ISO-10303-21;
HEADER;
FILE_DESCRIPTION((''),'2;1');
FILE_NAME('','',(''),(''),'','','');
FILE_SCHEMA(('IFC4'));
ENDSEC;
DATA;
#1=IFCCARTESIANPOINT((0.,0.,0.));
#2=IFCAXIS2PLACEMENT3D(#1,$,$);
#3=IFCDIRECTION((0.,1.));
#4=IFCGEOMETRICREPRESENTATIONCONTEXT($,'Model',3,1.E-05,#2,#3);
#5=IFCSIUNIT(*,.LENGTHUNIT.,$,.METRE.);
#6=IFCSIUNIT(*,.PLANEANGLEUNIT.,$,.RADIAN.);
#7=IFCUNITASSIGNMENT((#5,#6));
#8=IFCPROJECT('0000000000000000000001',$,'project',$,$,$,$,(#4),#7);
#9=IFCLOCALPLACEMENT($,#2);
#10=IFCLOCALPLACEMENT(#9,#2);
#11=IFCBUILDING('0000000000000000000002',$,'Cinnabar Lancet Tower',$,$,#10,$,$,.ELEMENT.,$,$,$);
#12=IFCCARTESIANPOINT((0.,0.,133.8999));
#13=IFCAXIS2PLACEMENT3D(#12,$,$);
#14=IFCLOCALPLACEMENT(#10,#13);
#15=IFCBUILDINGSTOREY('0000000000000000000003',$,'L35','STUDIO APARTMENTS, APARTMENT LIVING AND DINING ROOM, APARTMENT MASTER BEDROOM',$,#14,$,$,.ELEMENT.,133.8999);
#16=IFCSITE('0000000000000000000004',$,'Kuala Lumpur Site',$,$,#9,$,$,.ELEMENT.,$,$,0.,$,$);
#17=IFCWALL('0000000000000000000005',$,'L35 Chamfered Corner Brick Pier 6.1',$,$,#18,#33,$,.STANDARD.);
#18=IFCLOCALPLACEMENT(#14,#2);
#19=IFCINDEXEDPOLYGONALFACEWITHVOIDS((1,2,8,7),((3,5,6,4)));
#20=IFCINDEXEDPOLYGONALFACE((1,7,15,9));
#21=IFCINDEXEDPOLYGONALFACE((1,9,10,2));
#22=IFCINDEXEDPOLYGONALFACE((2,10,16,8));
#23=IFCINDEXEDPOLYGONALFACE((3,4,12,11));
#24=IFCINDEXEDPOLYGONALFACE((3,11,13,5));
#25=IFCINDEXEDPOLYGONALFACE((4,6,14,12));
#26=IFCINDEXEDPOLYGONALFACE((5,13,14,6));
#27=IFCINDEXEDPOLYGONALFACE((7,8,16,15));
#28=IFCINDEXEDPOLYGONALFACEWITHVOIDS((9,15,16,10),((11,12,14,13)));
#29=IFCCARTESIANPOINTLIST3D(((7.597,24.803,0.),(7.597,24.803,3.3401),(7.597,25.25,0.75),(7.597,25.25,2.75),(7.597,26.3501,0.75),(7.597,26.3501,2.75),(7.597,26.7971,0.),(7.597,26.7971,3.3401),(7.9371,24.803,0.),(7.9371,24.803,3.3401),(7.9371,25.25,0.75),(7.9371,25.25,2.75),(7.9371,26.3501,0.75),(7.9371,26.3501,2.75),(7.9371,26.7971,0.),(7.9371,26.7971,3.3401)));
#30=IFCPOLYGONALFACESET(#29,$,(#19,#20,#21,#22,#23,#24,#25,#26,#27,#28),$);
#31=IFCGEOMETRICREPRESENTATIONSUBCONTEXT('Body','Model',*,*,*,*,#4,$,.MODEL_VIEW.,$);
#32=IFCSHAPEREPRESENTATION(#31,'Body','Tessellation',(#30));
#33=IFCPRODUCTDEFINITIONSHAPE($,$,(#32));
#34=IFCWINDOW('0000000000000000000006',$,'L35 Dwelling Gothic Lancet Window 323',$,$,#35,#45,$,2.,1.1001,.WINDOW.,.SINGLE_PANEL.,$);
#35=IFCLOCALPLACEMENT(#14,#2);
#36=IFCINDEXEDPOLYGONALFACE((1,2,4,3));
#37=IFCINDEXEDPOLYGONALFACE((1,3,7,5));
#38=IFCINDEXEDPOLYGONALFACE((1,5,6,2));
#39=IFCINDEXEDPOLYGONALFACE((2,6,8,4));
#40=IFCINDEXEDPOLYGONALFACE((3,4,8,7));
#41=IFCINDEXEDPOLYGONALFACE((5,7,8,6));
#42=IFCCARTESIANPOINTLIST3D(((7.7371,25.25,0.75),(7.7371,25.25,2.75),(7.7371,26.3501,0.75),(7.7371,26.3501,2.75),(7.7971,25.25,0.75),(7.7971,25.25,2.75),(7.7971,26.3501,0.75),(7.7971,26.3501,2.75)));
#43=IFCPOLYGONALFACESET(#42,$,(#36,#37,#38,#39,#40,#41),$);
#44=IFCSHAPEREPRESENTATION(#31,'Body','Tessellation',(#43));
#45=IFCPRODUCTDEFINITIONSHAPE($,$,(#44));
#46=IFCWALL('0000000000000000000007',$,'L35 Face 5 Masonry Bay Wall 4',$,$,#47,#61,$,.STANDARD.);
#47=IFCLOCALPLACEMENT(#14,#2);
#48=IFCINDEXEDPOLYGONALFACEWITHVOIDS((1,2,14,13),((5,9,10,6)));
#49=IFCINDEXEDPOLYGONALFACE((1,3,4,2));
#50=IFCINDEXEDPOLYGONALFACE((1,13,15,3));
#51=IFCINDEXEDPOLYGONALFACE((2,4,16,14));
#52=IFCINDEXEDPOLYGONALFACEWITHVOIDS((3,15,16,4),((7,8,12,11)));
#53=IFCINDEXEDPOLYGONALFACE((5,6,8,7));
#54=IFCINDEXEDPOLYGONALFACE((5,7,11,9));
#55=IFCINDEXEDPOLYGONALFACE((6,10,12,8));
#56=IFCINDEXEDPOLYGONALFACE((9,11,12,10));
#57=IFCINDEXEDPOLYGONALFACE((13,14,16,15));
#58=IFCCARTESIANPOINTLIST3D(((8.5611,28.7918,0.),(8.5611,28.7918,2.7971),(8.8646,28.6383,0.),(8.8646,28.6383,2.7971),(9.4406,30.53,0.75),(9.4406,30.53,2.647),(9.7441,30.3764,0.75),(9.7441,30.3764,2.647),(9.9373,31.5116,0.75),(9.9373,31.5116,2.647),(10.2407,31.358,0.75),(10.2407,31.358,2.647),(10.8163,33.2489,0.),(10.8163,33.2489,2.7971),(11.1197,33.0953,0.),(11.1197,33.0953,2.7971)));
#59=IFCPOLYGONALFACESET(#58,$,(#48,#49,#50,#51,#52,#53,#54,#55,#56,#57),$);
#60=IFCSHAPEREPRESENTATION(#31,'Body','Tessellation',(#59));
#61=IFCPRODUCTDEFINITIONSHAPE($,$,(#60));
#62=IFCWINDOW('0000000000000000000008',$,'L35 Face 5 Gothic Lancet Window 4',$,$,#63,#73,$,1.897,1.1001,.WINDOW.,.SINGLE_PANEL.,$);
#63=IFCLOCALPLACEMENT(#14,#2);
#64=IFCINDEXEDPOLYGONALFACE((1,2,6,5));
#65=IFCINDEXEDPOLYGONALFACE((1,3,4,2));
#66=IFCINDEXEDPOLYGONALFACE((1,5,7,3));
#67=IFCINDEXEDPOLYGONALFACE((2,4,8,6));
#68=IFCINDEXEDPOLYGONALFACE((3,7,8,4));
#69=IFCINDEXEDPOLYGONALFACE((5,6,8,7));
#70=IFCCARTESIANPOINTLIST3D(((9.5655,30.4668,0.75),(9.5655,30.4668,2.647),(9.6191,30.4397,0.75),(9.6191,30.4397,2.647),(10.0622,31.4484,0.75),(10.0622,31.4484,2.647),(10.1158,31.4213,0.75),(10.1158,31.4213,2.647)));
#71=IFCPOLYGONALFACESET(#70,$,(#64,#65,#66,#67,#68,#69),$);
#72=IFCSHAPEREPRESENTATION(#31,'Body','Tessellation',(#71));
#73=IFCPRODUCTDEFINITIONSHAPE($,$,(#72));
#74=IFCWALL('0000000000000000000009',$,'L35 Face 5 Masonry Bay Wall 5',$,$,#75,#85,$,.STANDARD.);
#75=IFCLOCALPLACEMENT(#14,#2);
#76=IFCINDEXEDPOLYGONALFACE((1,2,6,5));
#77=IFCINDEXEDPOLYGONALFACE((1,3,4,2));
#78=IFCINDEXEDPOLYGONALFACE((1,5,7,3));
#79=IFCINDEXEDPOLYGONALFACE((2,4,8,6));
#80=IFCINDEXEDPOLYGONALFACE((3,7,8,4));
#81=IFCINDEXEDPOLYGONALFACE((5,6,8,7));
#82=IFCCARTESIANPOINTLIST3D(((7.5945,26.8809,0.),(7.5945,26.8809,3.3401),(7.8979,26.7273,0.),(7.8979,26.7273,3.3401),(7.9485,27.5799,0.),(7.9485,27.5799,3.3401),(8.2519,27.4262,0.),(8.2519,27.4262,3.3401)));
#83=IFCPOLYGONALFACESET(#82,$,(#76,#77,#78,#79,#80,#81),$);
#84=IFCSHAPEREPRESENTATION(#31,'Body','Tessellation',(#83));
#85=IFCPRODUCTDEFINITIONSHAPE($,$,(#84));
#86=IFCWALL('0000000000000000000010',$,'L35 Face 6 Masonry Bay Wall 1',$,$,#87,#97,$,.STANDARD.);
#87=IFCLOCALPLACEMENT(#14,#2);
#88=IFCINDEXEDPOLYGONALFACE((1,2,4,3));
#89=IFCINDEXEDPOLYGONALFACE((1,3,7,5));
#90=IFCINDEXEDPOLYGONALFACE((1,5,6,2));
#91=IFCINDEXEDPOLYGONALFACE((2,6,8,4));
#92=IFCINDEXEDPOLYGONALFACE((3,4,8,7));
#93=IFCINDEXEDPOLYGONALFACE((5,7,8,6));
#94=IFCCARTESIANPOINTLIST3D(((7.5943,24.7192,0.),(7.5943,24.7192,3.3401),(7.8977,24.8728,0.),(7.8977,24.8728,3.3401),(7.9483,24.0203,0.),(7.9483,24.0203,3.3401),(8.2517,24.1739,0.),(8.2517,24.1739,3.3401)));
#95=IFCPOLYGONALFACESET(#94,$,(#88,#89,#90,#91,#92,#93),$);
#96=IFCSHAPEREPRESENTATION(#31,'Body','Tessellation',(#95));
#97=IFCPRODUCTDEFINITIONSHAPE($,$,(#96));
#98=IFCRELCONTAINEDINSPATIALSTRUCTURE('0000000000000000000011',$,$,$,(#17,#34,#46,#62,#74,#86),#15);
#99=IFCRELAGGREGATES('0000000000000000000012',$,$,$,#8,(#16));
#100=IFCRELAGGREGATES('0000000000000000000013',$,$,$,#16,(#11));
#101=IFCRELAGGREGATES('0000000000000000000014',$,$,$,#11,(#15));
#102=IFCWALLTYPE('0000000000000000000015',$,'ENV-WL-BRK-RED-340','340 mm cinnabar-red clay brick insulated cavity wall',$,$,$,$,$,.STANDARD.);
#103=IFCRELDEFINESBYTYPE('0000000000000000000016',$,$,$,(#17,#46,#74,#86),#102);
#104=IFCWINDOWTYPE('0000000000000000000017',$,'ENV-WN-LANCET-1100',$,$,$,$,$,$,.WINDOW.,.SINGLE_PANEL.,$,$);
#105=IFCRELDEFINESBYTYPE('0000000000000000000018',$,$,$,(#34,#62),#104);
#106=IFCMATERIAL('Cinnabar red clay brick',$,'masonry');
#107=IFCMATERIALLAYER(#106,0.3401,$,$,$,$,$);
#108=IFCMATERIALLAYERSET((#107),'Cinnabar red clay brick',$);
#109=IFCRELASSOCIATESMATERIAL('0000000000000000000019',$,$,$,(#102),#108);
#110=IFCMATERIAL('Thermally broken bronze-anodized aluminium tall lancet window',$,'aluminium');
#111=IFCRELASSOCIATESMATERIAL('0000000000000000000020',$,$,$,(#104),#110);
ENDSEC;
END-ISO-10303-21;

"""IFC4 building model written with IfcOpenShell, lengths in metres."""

from ifc_helpers import new_model, si_unit, direction, frame, frame_2d, origin, place, context, subcontext, project, spatial, rectangle, extrude, material, layer, layer_set, type_object, element, fill, save


model = new_model("IFC4")

# Units and contexts
model_context = context("Model", 3, precision=1e-05, world=origin(), true_north=direction((0.0, 1.0)))
body_context = subcontext(model_context, "Body", "Model", "MODEL_VIEW")
ifc_project = project(units=[si_unit("LENGTHUNIT", "METRE"), si_unit("PLANEANGLEUNIT", "RADIAN")], contexts=[model_context])

# Site, building, storey
site_placement = place(None, origin())
site = spatial("IfcSite", under=ifc_project, at=site_placement, Name="Kuala Lumpur Site", CompositionType="ELEMENT", RefElevation=0.0)
building_placement = place(site_placement, origin())
building = spatial("IfcBuilding", under=site, at=building_placement, Name="Cinnabar Lancet Tower", CompositionType="ELEMENT")
storey_placement = place(building_placement, frame((0.0, 0.0, 133.8999)))
storey = spatial("IfcBuildingStorey", under=building, at=storey_placement, Name="L35", Description="STUDIO APARTMENTS, APARTMENT LIVING AND DINING ROOM, APARTMENT MASTER BEDROOM", CompositionType="ELEMENT", Elevation=133.8999)

# Walls, openings, windows
ifc_material_1 = material(Name="Cinnabar red clay brick", Category="masonry")
ifc_layer_1 = layer(ifc_material_1, 0.3401)
ifc_layer_set_1 = layer_set([ifc_layer_1], Name="Cinnabar red clay brick")
wall_type_1 = type_object("IfcWallType", Name="ENV-WL-BRK-RED-340", Description="340 mm cinnabar-red clay brick insulated cavity wall", PredefinedType="STANDARD", material=ifc_layer_set_1)
wall_1_placement = place(storey_placement, frame((7.7671, 26.7971, 0.0), z_axis=(0.0, 0.0, 1.0), x_axis=(0.0, -1.0, 0.0)))
wall_1 = element("IfcWall", 1, at=wall_1_placement, inside=storey, type_object=wall_type_1, Name="L35 Chamfered Corner Brick Pier 6.1", PredefinedType="STANDARD", context=body_context, shape_type="SweptSolid", body=[
    extrude(rectangle(XDim=1.9941, YDim=0.3401, at=frame_2d((0.9971, 0.0))), origin(), (0.0, 0.0, 1.0), 3.3401),
])
opening_1_placement = place(wall_1_placement, frame((0.447, 0.0, 0.75)))
opening_1 = element("IfcOpeningElement", 2, at=opening_1_placement, cuts=wall_1, PredefinedType="OPENING", context=body_context, shape_type="SweptSolid", body=[
    extrude(rectangle(XDim=1.1001, YDim=2.0, at=frame_2d((0.55, 1.0))), frame((0.0, 0.1799, 0.0), z_axis=(0.0, -1.0, 0.0), x_axis=(1.0, 0.0, 0.0)), (0.0, 0.0, 1.0), 0.3601),
])
ifc_material_2 = material(Name="Thermally broken bronze-anodized aluminium tall lancet window", Category="aluminium")
window_type = type_object("IfcWindowType", Name="ENV-WN-LANCET-1100", PartitioningType="SINGLE_PANEL", PredefinedType="WINDOW", material=ifc_material_2)
window_1_placement = place(opening_1_placement, origin())
window_1 = element("IfcWindow", 3, at=window_1_placement, inside=storey, type_object=window_type, Name="L35 Dwelling Gothic Lancet Window 323", OverallHeight=2.0, OverallWidth=1.1001, PartitioningType="SINGLE_PANEL", PredefinedType="WINDOW", context=body_context, shape_type="SweptSolid", body=[
    extrude(rectangle(XDim=1.1001, YDim=2.0, at=frame_2d((0.55, 1.0))), frame((0.0, 0.03, 0.0), z_axis=(0.0, -1.0, 0.0), x_axis=(1.0, 0.0, 0.0)), (0.0, 0.0, 1.0), 0.0601),
])
fill(opening_1, window_1)
wall_2_placement = place(storey_placement, frame((10.968, 33.1721, 0.0), z_axis=(0.0, 0.0, 1.0), x_axis=(-0.451471, -0.892286, 0.0)))
wall_2 = element("IfcWall", 4, at=wall_2_placement, inside=storey, type_object=wall_type_1, Name="L35 Face 5 Masonry Bay Wall 4", PredefinedType="STANDARD", context=body_context, shape_type="SweptSolid", body=[
    extrude(rectangle(XDim=4.9951, YDim=0.3401, at=frame_2d((2.4976, 0.0))), origin(), (0.0, 0.0, 1.0), 2.7971),
])
opening_2_placement = place(wall_2_placement, frame((1.947, 0.0, 0.75)))
opening_2 = element("IfcOpeningElement", 5, at=opening_2_placement, cuts=wall_2, PredefinedType="OPENING", context=body_context, shape_type="SweptSolid", body=[
    extrude(rectangle(XDim=1.1001, YDim=1.897, at=frame_2d((0.55, 0.9485))), frame((0.0, 0.1799, 0.0), z_axis=(0.0, -1.0, 0.0), x_axis=(1.0, 0.0, 0.0)), (0.0, 0.0, 1.0), 0.3601),
])
window_2_placement = place(opening_2_placement, origin())
window_2 = element("IfcWindow", 6, at=window_2_placement, inside=storey, type_object=window_type, Name="L35 Face 5 Gothic Lancet Window 4", OverallHeight=1.897, OverallWidth=1.1001, PartitioningType="SINGLE_PANEL", PredefinedType="WINDOW", context=body_context, shape_type="SweptSolid", body=[
    extrude(rectangle(XDim=1.1001, YDim=1.897, at=frame_2d((0.55, 0.9485))), frame((0.0, 0.03, 0.0), z_axis=(0.0, -1.0, 0.0), x_axis=(1.0, 0.0, 0.0)), (0.0, 0.0, 1.0), 0.0601),
])
fill(opening_2, window_2)

# Walls
for number, where, z_axis, x_axis, name in (
    (7, (8.1001, 27.5029, 0.0), (0.0, 0.0, 1.0), (-0.451819, -0.892109, 0.0), "L35 Face 5 Masonry Bay Wall 5"),
    (8, (7.7461, 24.7959, 0.0), (0.0, 0.0, 1.0), (0.451819, -0.892109, 0.0), "L35 Face 6 Masonry Bay Wall 1"),
):
    element("IfcWall", number, at=place(storey_placement, frame(where, z_axis=z_axis, x_axis=x_axis)), inside=storey, type_object=wall_type_1, Name=name, PredefinedType="STANDARD", context=body_context, shape_type="SweptSolid", body=[
        extrude(rectangle(XDim=0.7834, YDim=0.3401, at=frame_2d((0.3916, 0.0))), origin(), (0.0, 0.0, 1.0), 3.3401),
    ])

save(model, "model.ifc")
